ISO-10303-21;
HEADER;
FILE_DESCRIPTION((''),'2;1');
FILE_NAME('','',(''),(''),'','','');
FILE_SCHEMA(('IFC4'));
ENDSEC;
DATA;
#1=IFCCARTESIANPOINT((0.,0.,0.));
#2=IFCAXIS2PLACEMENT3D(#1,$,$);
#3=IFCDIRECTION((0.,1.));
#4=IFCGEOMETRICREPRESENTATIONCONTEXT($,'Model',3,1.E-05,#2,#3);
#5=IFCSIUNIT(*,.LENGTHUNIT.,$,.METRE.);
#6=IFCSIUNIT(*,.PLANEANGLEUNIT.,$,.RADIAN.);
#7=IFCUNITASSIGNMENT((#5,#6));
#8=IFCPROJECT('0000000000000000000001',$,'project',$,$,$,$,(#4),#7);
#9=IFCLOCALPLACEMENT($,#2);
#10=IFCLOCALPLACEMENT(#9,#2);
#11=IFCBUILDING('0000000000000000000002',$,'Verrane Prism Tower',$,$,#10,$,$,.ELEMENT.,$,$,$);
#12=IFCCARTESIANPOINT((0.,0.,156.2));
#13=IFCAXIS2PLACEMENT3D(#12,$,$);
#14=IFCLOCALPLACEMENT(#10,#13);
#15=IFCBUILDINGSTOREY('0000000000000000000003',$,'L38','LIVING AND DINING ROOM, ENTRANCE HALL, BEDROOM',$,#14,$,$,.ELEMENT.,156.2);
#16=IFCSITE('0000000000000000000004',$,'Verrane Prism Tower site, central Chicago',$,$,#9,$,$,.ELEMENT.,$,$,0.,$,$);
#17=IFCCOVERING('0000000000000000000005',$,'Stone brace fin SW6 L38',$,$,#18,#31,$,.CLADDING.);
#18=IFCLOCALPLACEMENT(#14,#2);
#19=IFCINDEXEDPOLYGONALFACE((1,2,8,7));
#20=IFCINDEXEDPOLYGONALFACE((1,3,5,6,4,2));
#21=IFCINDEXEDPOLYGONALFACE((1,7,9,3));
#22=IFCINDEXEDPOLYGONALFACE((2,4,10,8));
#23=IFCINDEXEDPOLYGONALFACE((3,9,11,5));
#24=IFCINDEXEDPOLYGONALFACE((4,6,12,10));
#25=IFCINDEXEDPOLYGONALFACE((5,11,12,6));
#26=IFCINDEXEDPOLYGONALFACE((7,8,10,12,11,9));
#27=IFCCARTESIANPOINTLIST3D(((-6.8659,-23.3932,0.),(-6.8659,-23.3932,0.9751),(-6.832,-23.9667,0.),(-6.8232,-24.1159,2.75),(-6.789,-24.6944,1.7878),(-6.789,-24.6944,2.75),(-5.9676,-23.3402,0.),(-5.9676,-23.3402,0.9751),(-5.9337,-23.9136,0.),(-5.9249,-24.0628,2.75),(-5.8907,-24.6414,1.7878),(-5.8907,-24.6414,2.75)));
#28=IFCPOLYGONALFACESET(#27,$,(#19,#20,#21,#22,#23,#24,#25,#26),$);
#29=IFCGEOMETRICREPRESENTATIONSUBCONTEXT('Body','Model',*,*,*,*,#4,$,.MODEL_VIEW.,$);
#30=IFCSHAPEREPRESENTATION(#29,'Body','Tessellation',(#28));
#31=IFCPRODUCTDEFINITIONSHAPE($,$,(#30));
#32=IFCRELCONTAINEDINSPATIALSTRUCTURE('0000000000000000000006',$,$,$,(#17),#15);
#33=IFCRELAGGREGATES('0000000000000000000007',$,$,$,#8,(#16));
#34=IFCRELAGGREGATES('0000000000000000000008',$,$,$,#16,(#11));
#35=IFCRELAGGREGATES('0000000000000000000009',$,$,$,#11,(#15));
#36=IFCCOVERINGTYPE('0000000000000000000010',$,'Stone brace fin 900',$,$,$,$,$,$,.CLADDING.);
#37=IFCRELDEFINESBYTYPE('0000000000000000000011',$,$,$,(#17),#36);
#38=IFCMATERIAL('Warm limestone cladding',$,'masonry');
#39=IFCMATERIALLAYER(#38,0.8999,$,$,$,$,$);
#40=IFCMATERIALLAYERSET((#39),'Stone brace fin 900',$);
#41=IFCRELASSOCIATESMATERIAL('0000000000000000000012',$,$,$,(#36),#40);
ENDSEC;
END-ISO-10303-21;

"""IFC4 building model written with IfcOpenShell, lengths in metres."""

from ifc_helpers import new_model, si_unit, direction, frame, origin, place, context, subcontext, project, spatial, polyline, outline, extrude, material, layer, layer_set, type_object, element, save


model = new_model("IFC4")

# Units and contexts
model_context = context("Model", 3, precision=1e-05, world=origin(), true_north=direction((0.0, 1.0)))
body_context = subcontext(model_context, "Body", "Model", "MODEL_VIEW")
ifc_project = project(units=[si_unit("LENGTHUNIT", "METRE"), si_unit("PLANEANGLEUNIT", "RADIAN")], contexts=[model_context])

# Site, building, storey
site_placement = place(None, origin())
site = spatial("IfcSite", under=ifc_project, at=site_placement, Name="Verrane Prism Tower site, central Chicago", CompositionType="ELEMENT", RefElevation=0.0)
building_placement = place(site_placement, origin())
building = spatial("IfcBuilding", under=site, at=building_placement, Name="Verrane Prism Tower", CompositionType="ELEMENT")
storey_placement = place(building_placement, frame((0.0, 0.0, 156.2)))
storey = spatial("IfcBuildingStorey", under=building, at=storey_placement, Name="L38", Description="LIVING AND DINING ROOM, ENTRANCE HALL, BEDROOM", CompositionType="ELEMENT", Elevation=156.2)

# Covering
ifc_material_1 = material(Name="Warm limestone cladding", Category="masonry")
ifc_layer_1 = layer(ifc_material_1, 0.8999)
ifc_layer_set_1 = layer_set([ifc_layer_1], Name="Stone brace fin 900")
covering_type = type_object("IfcCoveringType", Name="Stone brace fin 900", PredefinedType="CLADDING", material=ifc_layer_set_1)
covering_placement = place(storey_placement, frame((-6.4167, -23.3667, 0.0), z_axis=(0.0, 0.0, 1.0), x_axis=(0.058996, -0.998258, 0.0)))
element("IfcCovering", 1, at=covering_placement, inside=storey, type_object=covering_type, Name="Stone brace fin SW6 L38", PredefinedType="CLADDING", context=body_context, shape_type="SweptSolid", body=[
    extrude(outline(polyline([(1.3035, 2.75), (0.7239, 2.75), (0.0, 0.9751), (0.0, 0.0), (0.5745, 0.0), (1.3035, 1.7878), (1.3035, 2.75)])), frame((0.0, 0.45, 0.0), z_axis=(0.0, -1.0, 0.0), x_axis=(1.0, 0.0, 0.0)), (0.0, 0.0, 1.0), 0.8999),
])

save(model, "model.ifc")
